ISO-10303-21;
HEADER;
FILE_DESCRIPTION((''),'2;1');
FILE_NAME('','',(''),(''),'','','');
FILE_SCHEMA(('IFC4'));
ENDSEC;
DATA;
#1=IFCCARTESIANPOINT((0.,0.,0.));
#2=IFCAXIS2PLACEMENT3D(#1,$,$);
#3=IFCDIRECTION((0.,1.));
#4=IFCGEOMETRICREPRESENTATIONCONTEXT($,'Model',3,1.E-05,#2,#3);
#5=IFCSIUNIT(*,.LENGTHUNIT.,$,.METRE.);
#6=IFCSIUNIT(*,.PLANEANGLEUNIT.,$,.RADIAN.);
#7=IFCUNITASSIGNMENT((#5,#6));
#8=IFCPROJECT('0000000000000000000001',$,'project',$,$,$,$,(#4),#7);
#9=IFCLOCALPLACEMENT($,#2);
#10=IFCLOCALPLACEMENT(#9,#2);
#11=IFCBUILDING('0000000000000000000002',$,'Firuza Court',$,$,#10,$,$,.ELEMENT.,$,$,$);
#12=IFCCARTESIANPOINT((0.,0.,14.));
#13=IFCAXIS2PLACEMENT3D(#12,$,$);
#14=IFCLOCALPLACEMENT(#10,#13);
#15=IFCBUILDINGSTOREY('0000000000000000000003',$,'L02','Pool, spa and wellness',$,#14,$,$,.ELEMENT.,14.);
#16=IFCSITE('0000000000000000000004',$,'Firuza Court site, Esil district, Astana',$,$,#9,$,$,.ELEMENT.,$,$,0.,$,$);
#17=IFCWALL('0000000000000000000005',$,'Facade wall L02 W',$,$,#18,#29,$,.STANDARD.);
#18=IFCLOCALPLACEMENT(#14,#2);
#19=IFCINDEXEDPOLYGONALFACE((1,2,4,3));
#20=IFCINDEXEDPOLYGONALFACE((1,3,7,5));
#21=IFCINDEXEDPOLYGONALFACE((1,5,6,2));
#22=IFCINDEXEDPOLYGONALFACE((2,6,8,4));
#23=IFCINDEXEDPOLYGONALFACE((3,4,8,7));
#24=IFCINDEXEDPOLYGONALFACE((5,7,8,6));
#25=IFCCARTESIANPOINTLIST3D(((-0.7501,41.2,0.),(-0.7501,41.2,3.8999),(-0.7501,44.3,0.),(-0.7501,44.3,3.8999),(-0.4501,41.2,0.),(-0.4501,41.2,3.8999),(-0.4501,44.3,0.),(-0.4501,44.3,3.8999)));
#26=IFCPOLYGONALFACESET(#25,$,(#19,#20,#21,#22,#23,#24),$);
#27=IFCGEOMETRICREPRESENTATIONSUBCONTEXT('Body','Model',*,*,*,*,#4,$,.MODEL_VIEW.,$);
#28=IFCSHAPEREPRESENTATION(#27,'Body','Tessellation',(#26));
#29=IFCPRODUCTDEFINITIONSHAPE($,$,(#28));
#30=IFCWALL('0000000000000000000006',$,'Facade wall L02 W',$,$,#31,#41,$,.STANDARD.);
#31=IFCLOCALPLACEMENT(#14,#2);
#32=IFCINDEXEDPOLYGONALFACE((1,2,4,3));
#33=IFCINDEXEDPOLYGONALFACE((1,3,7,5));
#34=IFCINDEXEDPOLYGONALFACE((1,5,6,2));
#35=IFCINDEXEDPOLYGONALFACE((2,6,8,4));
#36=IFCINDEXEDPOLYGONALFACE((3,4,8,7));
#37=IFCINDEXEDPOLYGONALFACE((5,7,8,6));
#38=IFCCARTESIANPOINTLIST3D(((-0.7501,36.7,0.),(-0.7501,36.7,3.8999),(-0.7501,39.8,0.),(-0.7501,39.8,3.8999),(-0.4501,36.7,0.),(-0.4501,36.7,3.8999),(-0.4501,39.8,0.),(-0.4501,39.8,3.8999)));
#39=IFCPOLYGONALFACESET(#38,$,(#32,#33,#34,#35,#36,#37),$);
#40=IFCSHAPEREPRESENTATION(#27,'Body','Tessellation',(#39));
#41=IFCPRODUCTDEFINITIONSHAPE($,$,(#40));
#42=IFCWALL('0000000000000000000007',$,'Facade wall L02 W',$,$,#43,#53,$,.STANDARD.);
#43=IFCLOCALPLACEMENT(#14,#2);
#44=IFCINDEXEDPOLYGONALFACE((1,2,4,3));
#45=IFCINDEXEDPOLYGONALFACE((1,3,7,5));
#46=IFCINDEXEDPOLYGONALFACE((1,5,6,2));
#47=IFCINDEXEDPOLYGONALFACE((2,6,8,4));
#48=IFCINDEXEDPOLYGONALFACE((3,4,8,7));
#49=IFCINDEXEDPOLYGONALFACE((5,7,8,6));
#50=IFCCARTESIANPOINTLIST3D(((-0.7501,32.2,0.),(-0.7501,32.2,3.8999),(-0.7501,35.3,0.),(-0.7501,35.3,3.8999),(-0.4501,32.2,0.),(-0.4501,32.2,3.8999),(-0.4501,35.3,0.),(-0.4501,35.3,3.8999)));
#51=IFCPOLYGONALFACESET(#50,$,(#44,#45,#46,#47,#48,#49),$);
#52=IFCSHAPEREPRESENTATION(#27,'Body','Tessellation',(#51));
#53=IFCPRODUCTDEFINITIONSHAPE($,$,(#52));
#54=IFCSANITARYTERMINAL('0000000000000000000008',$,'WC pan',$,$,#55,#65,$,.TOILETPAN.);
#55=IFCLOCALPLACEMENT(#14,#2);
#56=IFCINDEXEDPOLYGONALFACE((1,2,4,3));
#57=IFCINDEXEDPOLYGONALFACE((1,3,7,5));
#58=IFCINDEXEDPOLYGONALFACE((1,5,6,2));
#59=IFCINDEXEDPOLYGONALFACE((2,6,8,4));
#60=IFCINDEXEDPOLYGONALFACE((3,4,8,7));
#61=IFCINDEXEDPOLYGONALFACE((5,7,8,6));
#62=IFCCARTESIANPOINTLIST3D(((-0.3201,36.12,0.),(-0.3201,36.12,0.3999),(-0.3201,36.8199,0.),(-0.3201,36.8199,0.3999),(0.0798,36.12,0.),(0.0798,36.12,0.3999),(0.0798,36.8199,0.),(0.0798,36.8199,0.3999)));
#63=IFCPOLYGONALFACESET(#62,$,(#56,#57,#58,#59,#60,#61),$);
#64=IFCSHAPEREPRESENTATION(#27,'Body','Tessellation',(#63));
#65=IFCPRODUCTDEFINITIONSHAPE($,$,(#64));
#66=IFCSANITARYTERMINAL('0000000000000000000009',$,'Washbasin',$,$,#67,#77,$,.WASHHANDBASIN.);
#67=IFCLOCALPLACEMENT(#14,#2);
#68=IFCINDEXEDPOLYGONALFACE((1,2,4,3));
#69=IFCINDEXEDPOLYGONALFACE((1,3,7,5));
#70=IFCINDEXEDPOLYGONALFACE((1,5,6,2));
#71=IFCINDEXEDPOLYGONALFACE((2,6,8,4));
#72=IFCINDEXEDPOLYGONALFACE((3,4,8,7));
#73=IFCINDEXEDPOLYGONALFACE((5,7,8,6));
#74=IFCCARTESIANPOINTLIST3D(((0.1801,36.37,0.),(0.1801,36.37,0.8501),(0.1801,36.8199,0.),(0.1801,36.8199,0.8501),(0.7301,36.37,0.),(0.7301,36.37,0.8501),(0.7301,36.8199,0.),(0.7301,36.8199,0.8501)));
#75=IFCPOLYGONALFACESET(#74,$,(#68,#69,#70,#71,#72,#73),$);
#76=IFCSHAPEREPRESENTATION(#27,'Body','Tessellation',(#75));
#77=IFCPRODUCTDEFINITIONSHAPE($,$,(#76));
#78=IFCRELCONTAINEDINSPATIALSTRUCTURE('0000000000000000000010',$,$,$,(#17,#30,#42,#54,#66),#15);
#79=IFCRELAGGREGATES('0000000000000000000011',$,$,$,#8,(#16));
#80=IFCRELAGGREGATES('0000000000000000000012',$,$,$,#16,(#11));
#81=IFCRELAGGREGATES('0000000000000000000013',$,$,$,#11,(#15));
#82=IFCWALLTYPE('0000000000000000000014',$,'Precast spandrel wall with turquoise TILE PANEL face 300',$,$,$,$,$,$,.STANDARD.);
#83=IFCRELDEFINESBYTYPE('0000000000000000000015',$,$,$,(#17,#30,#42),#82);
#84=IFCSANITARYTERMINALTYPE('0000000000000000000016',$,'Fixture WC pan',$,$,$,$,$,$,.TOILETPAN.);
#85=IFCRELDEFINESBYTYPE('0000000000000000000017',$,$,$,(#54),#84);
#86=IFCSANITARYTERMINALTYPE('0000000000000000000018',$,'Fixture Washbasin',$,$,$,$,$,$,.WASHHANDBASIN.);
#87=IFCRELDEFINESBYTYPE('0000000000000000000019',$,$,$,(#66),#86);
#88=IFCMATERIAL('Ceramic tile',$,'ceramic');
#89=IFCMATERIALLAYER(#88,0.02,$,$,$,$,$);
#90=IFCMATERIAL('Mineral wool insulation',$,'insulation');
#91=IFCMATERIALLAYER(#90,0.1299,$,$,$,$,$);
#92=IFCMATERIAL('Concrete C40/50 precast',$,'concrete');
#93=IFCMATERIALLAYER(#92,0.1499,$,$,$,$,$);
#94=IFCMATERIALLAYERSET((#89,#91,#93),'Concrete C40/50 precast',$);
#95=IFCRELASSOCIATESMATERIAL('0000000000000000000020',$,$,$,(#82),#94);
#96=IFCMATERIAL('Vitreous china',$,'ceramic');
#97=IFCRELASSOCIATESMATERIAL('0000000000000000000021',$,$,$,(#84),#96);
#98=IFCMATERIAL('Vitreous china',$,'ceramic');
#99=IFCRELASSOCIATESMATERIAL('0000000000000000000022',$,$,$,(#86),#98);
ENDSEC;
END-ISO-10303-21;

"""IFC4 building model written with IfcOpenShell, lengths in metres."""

from ifc_helpers import new_model, si_unit, direction, frame, frame_2d, origin, origin_2d, place, context, subcontext, project, spatial, rectangle, extrude, material, layer, layer_set, type_object, element, save


model = new_model("IFC4")

# Units and contexts
model_context = context("Model", 3, precision=1e-05, world=origin(), true_north=direction((0.0, 1.0)))
body_context = subcontext(model_context, "Body", "Model", "MODEL_VIEW")
ifc_project = project(units=[si_unit("LENGTHUNIT", "METRE"), si_unit("PLANEANGLEUNIT", "RADIAN")], contexts=[model_context])

# Site, building, storey
site_placement = place(None, origin())
site = spatial("IfcSite", under=ifc_project, at=site_placement, Name="Firuza Court site, Esil district, Astana", CompositionType="ELEMENT", RefElevation=0.0)
building_placement = place(site_placement, origin())
building = spatial("IfcBuilding", under=site, at=building_placement, Name="Firuza Court", CompositionType="ELEMENT")
storey_placement = place(building_placement, frame((0.0, 0.0, 14.0)))
storey = spatial("IfcBuildingStorey", under=building, at=storey_placement, Name="L02", Description="Pool, spa and wellness", CompositionType="ELEMENT", Elevation=14.0)

# Walls
ifc_material_1 = material(Name="Ceramic tile", Category="ceramic")
ifc_layer_1 = layer(ifc_material_1, 0.02)
ifc_material_2 = material(Name="Mineral wool insulation", Category="insulation")
ifc_layer_2 = layer(ifc_material_2, 0.1299)
ifc_material_3 = material(Name="Concrete C40/50 precast", Category="concrete")
ifc_layer_3 = layer(ifc_material_3, 0.1499)
ifc_layer_set_1 = layer_set([ifc_layer_1, ifc_layer_2, ifc_layer_3], Name="Concrete C40/50 precast")
wall_type_1 = type_object("IfcWallType", Name="Precast spandrel wall with turquoise TILE PANEL face 300", PredefinedType="STANDARD", material=ifc_layer_set_1)
for number, where, z_axis, x_axis, name in (
    (1, (-0.6001, 44.3, 0.0), (0.0, 0.0, 1.0), (0.0, -1.0, 0.0), "Facade wall L02 W"),
    (2, (-0.6001, 39.8, 0.0), (0.0, 0.0, 1.0), (0.0, -1.0, 0.0), "Facade wall L02 W"),
    (3, (-0.6001, 35.3, 0.0), (0.0, 0.0, 1.0), (0.0, -1.0, 0.0), "Facade wall L02 W"),
):
    element("IfcWall", number, at=place(storey_placement, frame(where, z_axis=z_axis, x_axis=x_axis)), inside=storey, type_object=wall_type_1, Name=name, PredefinedType="STANDARD", context=body_context, shape_type="SweptSolid", body=[
        extrude(rectangle(XDim=3.1001, YDim=0.3, at=frame_2d((1.55, 0.0))), origin(), (0.0, 0.0, 1.0), 3.8999),
    ])

# Sanitary terminals
ifc_material_4 = material(Name="Vitreous china", Category="ceramic")
sanitary_terminal_type_1 = type_object("IfcSanitaryTerminalType", Name="Fixture WC pan", PredefinedType="TOILETPAN", material=ifc_material_4)
sanitary_terminal_1_placement = place(storey_placement, frame((-0.1201, 36.47, 0.0), z_axis=(0.0, 0.0, 1.0), x_axis=(1.0, 0.0, 0.0)))
element("IfcSanitaryTerminal", 4, at=sanitary_terminal_1_placement, inside=storey, type_object=sanitary_terminal_type_1, Name="WC pan", PredefinedType="TOILETPAN", context=body_context, shape_type="SweptSolid", body=[
    extrude(rectangle(XDim=0.3999, YDim=0.7, at=origin_2d()), origin(), (0.0, 0.0, 1.0), 0.3999),
])
ifc_material_5 = material(Name="Vitreous china", Category="ceramic")
sanitary_terminal_type_2 = type_object("IfcSanitaryTerminalType", Name="Fixture Washbasin", PredefinedType="WASHHANDBASIN", material=ifc_material_5)
sanitary_terminal_2_placement = place(storey_placement, frame((0.4551, 36.595, 0.0), z_axis=(0.0, 0.0, 1.0), x_axis=(1.0, 0.0, 0.0)))
element("IfcSanitaryTerminal", 5, at=sanitary_terminal_2_placement, inside=storey, type_object=sanitary_terminal_type_2, Name="Washbasin", PredefinedType="WASHHANDBASIN", context=body_context, shape_type="SweptSolid", body=[
    extrude(rectangle(XDim=0.55, YDim=0.45, at=origin_2d()), origin(), (0.0, 0.0, 1.0), 0.8501),
])

save(model, "model.ifc")
